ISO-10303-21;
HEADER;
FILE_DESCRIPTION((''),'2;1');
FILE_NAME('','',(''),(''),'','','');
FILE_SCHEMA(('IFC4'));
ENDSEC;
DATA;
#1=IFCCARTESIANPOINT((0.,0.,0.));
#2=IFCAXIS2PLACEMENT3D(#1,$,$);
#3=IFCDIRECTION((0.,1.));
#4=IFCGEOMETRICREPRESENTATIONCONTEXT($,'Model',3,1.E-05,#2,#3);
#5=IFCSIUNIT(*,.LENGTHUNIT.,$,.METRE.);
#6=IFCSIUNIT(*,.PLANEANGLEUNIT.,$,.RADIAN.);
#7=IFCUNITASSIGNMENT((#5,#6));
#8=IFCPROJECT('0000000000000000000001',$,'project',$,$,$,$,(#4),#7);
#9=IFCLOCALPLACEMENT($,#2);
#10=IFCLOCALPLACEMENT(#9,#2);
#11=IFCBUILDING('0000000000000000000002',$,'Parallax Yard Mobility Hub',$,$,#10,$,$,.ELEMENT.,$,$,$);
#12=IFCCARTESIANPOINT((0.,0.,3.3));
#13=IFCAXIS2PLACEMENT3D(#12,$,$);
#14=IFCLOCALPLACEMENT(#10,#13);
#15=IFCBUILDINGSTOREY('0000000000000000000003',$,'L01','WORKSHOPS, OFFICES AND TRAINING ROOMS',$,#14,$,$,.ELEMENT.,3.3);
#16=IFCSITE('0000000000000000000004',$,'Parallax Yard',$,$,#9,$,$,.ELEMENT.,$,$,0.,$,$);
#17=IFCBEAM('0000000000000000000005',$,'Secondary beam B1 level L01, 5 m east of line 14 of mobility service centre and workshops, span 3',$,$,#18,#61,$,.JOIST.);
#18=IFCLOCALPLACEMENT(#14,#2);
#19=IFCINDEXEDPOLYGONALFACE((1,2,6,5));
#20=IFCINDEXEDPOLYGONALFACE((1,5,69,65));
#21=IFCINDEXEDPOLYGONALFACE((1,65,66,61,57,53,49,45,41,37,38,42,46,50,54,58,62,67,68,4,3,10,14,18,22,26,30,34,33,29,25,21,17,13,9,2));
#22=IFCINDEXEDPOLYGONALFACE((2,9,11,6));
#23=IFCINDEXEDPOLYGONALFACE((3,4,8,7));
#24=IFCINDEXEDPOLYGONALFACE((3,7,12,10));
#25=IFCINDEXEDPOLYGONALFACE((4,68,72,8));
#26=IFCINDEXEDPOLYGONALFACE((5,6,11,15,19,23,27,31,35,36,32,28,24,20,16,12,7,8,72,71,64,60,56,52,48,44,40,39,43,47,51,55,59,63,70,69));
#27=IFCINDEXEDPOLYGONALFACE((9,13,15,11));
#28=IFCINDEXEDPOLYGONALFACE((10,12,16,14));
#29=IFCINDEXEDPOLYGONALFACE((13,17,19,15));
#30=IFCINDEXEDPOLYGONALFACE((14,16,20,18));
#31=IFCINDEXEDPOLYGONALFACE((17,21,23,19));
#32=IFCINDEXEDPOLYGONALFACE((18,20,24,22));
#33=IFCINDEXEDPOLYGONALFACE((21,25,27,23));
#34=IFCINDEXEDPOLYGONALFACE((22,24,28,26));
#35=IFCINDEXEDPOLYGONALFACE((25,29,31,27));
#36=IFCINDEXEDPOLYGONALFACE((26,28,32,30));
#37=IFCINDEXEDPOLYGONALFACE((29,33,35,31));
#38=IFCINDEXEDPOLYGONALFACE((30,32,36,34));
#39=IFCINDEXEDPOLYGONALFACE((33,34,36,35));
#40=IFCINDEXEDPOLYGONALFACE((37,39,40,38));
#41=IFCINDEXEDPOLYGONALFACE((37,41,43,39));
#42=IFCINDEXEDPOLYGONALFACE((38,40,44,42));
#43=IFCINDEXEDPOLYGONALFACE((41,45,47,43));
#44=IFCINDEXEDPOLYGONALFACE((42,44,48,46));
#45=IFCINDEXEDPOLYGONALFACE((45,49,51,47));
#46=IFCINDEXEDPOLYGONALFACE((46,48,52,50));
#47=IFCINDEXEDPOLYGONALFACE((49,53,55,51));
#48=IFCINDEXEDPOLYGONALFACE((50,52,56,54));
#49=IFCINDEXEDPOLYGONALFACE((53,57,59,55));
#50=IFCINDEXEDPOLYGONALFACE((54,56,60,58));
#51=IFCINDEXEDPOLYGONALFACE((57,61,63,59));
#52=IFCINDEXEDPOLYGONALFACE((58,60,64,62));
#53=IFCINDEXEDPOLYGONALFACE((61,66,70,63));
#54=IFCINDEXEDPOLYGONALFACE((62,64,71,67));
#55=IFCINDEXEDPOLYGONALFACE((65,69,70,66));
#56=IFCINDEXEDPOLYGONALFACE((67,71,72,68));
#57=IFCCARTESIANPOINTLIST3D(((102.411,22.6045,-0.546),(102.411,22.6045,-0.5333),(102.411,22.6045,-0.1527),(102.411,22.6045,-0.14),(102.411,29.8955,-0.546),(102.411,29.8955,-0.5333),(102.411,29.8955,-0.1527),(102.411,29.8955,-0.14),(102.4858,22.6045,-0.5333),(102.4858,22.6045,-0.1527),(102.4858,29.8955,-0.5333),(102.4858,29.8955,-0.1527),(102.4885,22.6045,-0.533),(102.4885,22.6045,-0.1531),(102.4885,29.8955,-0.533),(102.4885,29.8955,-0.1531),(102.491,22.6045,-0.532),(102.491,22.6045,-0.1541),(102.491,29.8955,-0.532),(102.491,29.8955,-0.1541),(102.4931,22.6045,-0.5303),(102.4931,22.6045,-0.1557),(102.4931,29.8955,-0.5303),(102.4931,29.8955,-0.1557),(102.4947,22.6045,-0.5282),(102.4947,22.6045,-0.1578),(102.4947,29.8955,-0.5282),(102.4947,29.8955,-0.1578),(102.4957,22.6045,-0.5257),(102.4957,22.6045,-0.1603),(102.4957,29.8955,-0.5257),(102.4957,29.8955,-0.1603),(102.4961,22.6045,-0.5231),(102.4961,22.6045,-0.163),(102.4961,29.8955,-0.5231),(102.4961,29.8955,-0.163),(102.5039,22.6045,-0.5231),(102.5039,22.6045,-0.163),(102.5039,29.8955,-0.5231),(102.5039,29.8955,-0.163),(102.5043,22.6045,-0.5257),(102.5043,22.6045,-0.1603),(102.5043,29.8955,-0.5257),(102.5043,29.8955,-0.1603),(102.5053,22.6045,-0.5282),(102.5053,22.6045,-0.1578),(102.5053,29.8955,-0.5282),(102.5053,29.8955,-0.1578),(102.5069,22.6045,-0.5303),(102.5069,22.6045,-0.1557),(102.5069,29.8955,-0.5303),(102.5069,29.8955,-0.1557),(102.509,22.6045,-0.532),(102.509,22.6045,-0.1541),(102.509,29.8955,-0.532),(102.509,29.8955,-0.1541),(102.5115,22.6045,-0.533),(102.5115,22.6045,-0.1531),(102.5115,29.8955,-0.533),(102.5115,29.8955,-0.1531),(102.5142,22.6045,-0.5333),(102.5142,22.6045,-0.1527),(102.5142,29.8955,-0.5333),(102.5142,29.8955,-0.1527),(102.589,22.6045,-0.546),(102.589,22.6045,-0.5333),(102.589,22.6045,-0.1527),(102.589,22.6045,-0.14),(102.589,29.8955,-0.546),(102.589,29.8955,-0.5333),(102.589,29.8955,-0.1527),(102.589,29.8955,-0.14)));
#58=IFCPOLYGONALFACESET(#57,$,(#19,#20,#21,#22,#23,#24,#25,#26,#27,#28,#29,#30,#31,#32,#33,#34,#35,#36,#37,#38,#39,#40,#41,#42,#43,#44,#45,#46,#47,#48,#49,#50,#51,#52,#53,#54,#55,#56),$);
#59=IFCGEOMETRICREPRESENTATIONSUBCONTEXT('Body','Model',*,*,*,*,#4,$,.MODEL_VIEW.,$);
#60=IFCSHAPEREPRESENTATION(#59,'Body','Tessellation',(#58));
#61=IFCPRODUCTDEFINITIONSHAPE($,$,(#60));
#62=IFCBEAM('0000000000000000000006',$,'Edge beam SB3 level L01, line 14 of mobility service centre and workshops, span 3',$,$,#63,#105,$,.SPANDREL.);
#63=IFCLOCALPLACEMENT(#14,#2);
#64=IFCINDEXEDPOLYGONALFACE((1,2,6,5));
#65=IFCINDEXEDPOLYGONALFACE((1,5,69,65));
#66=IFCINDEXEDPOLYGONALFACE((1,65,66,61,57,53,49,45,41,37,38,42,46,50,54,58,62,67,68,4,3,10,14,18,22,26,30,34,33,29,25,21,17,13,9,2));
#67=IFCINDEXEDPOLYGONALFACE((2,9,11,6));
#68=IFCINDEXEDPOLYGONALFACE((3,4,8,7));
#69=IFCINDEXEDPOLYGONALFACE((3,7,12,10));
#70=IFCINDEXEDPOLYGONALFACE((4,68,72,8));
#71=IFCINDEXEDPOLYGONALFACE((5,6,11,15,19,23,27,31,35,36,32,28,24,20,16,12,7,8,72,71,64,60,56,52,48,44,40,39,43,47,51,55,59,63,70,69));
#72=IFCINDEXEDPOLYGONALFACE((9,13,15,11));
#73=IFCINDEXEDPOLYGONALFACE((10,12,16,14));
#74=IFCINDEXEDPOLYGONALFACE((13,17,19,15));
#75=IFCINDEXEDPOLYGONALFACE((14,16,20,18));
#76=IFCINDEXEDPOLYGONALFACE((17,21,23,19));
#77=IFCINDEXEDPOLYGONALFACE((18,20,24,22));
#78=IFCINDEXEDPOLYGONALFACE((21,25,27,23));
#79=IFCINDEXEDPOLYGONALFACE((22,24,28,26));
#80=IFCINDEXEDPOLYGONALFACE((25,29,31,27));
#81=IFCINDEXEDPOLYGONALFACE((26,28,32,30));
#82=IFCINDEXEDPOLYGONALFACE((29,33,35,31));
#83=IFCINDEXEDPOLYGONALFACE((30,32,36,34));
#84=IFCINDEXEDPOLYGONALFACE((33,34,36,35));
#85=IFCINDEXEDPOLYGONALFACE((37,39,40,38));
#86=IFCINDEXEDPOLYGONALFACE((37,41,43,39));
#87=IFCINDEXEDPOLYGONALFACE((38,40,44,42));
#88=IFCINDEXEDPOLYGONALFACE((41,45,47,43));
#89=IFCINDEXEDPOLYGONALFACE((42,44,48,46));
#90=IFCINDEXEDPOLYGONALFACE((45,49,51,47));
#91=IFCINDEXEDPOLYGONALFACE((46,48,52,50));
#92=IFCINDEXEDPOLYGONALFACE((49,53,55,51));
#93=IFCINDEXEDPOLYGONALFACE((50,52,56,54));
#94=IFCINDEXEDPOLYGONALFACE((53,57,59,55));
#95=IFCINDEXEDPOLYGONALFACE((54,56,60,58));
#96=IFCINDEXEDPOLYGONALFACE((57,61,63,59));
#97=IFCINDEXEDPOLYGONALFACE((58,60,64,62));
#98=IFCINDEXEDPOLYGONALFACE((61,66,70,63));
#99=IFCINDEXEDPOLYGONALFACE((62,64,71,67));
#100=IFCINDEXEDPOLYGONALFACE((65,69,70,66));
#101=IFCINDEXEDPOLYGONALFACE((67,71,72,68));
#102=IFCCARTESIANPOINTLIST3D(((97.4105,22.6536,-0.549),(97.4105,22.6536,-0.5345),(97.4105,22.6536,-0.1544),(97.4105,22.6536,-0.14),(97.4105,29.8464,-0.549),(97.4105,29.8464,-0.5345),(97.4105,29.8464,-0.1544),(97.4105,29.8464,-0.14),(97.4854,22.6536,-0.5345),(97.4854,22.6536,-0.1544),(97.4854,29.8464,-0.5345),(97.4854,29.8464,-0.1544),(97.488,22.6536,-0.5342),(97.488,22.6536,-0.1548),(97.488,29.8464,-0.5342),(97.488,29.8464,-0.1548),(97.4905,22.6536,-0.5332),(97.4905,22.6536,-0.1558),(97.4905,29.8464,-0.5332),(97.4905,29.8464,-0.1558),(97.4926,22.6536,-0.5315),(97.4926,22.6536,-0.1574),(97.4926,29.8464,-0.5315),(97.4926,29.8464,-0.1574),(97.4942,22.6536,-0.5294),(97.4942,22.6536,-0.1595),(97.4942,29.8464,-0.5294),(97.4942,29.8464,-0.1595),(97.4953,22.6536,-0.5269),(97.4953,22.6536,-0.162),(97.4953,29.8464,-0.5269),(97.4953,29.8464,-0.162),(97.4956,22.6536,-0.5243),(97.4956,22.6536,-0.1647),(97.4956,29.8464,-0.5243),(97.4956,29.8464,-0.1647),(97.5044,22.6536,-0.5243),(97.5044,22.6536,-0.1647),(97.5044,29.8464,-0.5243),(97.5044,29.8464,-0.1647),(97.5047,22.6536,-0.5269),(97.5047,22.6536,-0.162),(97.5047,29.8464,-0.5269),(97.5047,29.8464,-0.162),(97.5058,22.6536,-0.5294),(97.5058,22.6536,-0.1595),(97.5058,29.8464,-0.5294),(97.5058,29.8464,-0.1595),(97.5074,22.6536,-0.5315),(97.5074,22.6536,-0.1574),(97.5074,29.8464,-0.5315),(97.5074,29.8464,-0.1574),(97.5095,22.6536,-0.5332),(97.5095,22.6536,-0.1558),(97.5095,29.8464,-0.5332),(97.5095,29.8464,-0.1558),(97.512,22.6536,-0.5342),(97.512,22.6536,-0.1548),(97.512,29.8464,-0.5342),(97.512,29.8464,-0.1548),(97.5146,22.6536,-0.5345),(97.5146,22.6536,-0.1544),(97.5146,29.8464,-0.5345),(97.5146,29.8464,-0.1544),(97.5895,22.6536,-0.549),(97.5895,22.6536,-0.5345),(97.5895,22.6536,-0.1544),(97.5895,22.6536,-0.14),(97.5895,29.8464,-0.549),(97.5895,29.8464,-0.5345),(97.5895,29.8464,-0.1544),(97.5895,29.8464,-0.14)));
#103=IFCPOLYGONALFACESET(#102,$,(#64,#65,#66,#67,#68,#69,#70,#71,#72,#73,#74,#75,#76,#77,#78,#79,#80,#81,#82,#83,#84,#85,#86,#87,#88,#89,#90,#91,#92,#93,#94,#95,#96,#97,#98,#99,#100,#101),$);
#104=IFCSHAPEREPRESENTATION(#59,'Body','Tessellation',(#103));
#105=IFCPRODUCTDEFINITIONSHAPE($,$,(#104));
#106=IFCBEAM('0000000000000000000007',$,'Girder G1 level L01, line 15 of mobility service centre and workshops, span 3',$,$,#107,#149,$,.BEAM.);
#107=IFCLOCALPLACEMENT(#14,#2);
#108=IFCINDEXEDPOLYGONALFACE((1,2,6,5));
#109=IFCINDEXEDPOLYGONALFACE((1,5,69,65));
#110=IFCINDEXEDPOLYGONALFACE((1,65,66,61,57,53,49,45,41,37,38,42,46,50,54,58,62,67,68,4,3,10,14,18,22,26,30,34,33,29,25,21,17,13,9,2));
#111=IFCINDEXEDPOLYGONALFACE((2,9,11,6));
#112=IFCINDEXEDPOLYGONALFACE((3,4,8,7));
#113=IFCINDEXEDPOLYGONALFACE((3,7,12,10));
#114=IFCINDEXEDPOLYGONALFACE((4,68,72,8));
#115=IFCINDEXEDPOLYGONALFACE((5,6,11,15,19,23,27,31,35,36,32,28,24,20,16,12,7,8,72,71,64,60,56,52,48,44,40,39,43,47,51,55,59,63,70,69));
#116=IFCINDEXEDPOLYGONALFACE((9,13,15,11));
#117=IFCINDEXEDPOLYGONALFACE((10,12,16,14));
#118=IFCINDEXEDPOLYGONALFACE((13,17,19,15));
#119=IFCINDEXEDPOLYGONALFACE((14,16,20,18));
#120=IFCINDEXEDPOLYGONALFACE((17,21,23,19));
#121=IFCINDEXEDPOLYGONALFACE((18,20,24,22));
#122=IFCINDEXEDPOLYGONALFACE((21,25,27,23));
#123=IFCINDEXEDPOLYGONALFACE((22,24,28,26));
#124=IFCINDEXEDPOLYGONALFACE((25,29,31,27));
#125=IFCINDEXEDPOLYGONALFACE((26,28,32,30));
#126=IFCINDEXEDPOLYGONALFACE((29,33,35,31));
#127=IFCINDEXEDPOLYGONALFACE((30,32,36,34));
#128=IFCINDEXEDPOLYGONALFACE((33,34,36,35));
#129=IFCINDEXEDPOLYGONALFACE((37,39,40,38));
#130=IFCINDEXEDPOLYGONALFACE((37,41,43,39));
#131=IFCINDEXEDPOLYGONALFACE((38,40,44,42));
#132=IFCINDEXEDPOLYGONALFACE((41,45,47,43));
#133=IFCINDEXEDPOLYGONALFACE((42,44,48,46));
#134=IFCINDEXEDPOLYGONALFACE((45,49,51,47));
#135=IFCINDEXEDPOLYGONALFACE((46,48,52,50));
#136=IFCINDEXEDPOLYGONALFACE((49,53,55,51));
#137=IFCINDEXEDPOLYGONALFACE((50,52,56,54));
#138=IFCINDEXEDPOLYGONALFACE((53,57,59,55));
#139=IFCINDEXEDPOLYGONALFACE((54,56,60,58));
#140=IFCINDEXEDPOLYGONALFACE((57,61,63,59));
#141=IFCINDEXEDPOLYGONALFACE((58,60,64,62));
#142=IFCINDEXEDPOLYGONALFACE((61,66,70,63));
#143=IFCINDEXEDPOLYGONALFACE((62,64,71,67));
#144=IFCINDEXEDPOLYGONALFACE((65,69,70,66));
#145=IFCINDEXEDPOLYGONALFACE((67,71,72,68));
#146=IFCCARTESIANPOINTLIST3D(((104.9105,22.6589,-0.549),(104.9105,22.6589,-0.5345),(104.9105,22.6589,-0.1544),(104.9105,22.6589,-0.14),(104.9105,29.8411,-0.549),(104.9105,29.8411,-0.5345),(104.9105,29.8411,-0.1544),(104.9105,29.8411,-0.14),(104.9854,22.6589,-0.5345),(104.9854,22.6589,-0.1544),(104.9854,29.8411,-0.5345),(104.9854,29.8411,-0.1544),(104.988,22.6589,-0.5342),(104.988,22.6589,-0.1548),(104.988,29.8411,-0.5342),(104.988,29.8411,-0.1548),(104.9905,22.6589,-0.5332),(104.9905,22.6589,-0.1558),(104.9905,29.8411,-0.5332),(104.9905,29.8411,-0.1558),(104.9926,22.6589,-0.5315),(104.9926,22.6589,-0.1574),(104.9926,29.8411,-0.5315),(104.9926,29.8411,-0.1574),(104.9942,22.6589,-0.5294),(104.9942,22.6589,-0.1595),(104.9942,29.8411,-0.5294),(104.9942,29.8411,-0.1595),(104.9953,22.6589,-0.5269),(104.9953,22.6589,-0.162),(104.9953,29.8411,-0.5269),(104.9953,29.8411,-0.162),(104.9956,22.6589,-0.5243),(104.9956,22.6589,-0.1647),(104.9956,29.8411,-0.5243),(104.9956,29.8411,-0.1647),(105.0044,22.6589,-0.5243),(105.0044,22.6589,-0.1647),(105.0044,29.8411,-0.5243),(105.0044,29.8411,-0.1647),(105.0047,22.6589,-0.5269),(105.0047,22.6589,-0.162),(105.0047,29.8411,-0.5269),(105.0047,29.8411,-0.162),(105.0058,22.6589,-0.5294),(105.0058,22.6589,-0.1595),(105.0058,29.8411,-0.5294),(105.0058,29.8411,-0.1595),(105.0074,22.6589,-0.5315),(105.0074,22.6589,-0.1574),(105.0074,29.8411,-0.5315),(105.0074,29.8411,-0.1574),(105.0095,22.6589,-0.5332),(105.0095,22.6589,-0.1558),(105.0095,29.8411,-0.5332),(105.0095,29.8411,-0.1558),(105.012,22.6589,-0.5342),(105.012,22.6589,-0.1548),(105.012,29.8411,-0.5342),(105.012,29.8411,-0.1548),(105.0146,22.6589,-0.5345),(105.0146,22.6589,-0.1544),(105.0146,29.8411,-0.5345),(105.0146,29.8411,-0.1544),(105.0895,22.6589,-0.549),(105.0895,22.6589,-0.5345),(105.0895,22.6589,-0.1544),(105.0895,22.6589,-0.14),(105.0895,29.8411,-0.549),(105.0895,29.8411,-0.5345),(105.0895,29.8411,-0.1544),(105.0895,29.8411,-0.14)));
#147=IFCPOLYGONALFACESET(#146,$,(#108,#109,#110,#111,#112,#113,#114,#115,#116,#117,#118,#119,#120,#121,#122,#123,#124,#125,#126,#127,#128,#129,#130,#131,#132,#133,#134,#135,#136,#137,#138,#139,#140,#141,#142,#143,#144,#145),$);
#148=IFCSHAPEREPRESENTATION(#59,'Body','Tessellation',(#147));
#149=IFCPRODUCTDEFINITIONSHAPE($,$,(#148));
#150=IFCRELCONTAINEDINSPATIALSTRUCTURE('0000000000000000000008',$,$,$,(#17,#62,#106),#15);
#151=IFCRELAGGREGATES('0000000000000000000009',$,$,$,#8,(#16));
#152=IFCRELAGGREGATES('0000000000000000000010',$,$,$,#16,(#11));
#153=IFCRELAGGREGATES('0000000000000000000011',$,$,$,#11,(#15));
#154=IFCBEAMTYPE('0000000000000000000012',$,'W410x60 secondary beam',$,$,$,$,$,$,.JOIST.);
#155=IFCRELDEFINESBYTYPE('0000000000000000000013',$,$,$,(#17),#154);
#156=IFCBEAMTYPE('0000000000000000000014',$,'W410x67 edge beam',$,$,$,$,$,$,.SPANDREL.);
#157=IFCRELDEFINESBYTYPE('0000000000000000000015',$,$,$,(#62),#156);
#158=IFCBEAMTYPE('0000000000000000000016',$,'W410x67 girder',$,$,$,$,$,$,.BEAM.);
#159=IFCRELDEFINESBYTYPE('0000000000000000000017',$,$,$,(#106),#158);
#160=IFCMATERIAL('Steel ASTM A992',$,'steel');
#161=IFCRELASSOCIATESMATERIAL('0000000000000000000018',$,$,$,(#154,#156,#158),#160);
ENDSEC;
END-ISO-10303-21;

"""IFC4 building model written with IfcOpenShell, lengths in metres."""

from ifc_helpers import new_model, si_unit, direction, frame, origin, origin_2d, place, context, subcontext, project, spatial, i_section, extrude, material, material_profile, profile_set, type_object, element, save


model = new_model("IFC4")

# Units and contexts
model_context = context("Model", 3, precision=1e-05, world=origin(), true_north=direction((0.0, 1.0)))
body_context = subcontext(model_context, "Body", "Model", "MODEL_VIEW")
ifc_project = project(units=[si_unit("LENGTHUNIT", "METRE"), si_unit("PLANEANGLEUNIT", "RADIAN")], contexts=[model_context])

# Site, building, storey
site_placement = place(None, origin())
site = spatial("IfcSite", under=ifc_project, at=site_placement, Name="Parallax Yard", CompositionType="ELEMENT", RefElevation=0.0)
building_placement = place(site_placement, origin())
building = spatial("IfcBuilding", under=site, at=building_placement, Name="Parallax Yard Mobility Hub", CompositionType="ELEMENT")
storey_placement = place(building_placement, frame((0.0, 0.0, 3.3)))
storey = spatial("IfcBuildingStorey", under=building, at=storey_placement, Name="L01", Description="WORKSHOPS, OFFICES AND TRAINING ROOMS", CompositionType="ELEMENT", Elevation=3.3)

# Shared definitions
ifc_material_1 = material(Name="Steel ASTM A992", Category="steel")

# Beams
ifc_material_profile_1 = material_profile(ifc_material_1, i_section(OverallWidth=0.178, OverallDepth=0.406, WebThickness=0.0078, FlangeThickness=0.0127, FilletRadius=0.0103, at=origin_2d()), Name="W410x60")
ifc_profile_set_1 = profile_set([ifc_material_profile_1], Name="Steel ASTM A992")
beam_type_1 = type_object("IfcBeamType", Name="W410x60 secondary beam", PredefinedType="JOIST", material=ifc_profile_set_1)
for number, where, z_axis, x_axis, name in (
    (1, (102.5, 22.6045, -0.343), (0.0, 1.0, 0.0), (-1.0, 0.0, 0.0), "Secondary beam B1 level L01, 5 m east of line 14 of mobility service centre and workshops, span 3"),
):
    element("IfcBeam", number, at=place(storey_placement, frame(where, z_axis=z_axis, x_axis=x_axis)), inside=storey, type_object=beam_type_1, Name=name, PredefinedType="JOIST", context=body_context, shape_type="SweptSolid", body=[
        extrude(i_section(OverallWidth=0.178, OverallDepth=0.406, WebThickness=0.0078, FlangeThickness=0.0127, FilletRadius=0.0103, at=origin_2d()), origin(), (0.0, 0.0, 1.0), 7.291),
    ])
ifc_material_profile_2 = material_profile(ifc_material_1, i_section(OverallWidth=0.179, OverallDepth=0.4089, WebThickness=0.0088, FlangeThickness=0.0144, FilletRadius=0.0103, at=origin_2d()), Name="W410x67")
ifc_profile_set_2 = profile_set([ifc_material_profile_2], Name="Steel ASTM A992")
beam_type_2 = type_object("IfcBeamType", Name="W410x67 edge beam", PredefinedType="SPANDREL", material=ifc_profile_set_2)
beam_1_placement = place(storey_placement, frame((97.5, 22.6536, -0.3445), z_axis=(0.0, 1.0, 0.0), x_axis=(-1.0, 0.0, 0.0)))
element("IfcBeam", 2, at=beam_1_placement, inside=storey, type_object=beam_type_2, Name="Edge beam SB3 level L01, line 14 of mobility service centre and workshops, span 3", PredefinedType="SPANDREL", context=body_context, shape_type="SweptSolid", body=[
    extrude(i_section(OverallWidth=0.179, OverallDepth=0.4089, WebThickness=0.0088, FlangeThickness=0.0144, FilletRadius=0.0103, at=origin_2d()), origin(), (0.0, 0.0, 1.0), 7.1929),
])
ifc_material_profile_3 = material_profile(ifc_material_1, i_section(OverallWidth=0.179, OverallDepth=0.4089, WebThickness=0.0088, FlangeThickness=0.0144, FilletRadius=0.0103, at=origin_2d()), Name="W410x67")
ifc_profile_set_3 = profile_set([ifc_material_profile_3], Name="Steel ASTM A992")
beam_type_3 = type_object("IfcBeamType", Name="W410x67 girder", PredefinedType="BEAM", material=ifc_profile_set_3)
beam_2_placement = place(storey_placement, frame((105.0, 22.6589, -0.3445), z_axis=(0.0, 1.0, 0.0), x_axis=(-1.0, 0.0, 0.0)))
element("IfcBeam", 3, at=beam_2_placement, inside=storey, type_object=beam_type_3, Name="Girder G1 level L01, line 15 of mobility service centre and workshops, span 3", PredefinedType="BEAM", context=body_context, shape_type="SweptSolid", body=[
    extrude(i_section(OverallWidth=0.179, OverallDepth=0.4089, WebThickness=0.0088, FlangeThickness=0.0144, FilletRadius=0.0103, at=origin_2d()), origin(), (0.0, 0.0, 1.0), 7.1821),
])

save(model, "model.ifc")
